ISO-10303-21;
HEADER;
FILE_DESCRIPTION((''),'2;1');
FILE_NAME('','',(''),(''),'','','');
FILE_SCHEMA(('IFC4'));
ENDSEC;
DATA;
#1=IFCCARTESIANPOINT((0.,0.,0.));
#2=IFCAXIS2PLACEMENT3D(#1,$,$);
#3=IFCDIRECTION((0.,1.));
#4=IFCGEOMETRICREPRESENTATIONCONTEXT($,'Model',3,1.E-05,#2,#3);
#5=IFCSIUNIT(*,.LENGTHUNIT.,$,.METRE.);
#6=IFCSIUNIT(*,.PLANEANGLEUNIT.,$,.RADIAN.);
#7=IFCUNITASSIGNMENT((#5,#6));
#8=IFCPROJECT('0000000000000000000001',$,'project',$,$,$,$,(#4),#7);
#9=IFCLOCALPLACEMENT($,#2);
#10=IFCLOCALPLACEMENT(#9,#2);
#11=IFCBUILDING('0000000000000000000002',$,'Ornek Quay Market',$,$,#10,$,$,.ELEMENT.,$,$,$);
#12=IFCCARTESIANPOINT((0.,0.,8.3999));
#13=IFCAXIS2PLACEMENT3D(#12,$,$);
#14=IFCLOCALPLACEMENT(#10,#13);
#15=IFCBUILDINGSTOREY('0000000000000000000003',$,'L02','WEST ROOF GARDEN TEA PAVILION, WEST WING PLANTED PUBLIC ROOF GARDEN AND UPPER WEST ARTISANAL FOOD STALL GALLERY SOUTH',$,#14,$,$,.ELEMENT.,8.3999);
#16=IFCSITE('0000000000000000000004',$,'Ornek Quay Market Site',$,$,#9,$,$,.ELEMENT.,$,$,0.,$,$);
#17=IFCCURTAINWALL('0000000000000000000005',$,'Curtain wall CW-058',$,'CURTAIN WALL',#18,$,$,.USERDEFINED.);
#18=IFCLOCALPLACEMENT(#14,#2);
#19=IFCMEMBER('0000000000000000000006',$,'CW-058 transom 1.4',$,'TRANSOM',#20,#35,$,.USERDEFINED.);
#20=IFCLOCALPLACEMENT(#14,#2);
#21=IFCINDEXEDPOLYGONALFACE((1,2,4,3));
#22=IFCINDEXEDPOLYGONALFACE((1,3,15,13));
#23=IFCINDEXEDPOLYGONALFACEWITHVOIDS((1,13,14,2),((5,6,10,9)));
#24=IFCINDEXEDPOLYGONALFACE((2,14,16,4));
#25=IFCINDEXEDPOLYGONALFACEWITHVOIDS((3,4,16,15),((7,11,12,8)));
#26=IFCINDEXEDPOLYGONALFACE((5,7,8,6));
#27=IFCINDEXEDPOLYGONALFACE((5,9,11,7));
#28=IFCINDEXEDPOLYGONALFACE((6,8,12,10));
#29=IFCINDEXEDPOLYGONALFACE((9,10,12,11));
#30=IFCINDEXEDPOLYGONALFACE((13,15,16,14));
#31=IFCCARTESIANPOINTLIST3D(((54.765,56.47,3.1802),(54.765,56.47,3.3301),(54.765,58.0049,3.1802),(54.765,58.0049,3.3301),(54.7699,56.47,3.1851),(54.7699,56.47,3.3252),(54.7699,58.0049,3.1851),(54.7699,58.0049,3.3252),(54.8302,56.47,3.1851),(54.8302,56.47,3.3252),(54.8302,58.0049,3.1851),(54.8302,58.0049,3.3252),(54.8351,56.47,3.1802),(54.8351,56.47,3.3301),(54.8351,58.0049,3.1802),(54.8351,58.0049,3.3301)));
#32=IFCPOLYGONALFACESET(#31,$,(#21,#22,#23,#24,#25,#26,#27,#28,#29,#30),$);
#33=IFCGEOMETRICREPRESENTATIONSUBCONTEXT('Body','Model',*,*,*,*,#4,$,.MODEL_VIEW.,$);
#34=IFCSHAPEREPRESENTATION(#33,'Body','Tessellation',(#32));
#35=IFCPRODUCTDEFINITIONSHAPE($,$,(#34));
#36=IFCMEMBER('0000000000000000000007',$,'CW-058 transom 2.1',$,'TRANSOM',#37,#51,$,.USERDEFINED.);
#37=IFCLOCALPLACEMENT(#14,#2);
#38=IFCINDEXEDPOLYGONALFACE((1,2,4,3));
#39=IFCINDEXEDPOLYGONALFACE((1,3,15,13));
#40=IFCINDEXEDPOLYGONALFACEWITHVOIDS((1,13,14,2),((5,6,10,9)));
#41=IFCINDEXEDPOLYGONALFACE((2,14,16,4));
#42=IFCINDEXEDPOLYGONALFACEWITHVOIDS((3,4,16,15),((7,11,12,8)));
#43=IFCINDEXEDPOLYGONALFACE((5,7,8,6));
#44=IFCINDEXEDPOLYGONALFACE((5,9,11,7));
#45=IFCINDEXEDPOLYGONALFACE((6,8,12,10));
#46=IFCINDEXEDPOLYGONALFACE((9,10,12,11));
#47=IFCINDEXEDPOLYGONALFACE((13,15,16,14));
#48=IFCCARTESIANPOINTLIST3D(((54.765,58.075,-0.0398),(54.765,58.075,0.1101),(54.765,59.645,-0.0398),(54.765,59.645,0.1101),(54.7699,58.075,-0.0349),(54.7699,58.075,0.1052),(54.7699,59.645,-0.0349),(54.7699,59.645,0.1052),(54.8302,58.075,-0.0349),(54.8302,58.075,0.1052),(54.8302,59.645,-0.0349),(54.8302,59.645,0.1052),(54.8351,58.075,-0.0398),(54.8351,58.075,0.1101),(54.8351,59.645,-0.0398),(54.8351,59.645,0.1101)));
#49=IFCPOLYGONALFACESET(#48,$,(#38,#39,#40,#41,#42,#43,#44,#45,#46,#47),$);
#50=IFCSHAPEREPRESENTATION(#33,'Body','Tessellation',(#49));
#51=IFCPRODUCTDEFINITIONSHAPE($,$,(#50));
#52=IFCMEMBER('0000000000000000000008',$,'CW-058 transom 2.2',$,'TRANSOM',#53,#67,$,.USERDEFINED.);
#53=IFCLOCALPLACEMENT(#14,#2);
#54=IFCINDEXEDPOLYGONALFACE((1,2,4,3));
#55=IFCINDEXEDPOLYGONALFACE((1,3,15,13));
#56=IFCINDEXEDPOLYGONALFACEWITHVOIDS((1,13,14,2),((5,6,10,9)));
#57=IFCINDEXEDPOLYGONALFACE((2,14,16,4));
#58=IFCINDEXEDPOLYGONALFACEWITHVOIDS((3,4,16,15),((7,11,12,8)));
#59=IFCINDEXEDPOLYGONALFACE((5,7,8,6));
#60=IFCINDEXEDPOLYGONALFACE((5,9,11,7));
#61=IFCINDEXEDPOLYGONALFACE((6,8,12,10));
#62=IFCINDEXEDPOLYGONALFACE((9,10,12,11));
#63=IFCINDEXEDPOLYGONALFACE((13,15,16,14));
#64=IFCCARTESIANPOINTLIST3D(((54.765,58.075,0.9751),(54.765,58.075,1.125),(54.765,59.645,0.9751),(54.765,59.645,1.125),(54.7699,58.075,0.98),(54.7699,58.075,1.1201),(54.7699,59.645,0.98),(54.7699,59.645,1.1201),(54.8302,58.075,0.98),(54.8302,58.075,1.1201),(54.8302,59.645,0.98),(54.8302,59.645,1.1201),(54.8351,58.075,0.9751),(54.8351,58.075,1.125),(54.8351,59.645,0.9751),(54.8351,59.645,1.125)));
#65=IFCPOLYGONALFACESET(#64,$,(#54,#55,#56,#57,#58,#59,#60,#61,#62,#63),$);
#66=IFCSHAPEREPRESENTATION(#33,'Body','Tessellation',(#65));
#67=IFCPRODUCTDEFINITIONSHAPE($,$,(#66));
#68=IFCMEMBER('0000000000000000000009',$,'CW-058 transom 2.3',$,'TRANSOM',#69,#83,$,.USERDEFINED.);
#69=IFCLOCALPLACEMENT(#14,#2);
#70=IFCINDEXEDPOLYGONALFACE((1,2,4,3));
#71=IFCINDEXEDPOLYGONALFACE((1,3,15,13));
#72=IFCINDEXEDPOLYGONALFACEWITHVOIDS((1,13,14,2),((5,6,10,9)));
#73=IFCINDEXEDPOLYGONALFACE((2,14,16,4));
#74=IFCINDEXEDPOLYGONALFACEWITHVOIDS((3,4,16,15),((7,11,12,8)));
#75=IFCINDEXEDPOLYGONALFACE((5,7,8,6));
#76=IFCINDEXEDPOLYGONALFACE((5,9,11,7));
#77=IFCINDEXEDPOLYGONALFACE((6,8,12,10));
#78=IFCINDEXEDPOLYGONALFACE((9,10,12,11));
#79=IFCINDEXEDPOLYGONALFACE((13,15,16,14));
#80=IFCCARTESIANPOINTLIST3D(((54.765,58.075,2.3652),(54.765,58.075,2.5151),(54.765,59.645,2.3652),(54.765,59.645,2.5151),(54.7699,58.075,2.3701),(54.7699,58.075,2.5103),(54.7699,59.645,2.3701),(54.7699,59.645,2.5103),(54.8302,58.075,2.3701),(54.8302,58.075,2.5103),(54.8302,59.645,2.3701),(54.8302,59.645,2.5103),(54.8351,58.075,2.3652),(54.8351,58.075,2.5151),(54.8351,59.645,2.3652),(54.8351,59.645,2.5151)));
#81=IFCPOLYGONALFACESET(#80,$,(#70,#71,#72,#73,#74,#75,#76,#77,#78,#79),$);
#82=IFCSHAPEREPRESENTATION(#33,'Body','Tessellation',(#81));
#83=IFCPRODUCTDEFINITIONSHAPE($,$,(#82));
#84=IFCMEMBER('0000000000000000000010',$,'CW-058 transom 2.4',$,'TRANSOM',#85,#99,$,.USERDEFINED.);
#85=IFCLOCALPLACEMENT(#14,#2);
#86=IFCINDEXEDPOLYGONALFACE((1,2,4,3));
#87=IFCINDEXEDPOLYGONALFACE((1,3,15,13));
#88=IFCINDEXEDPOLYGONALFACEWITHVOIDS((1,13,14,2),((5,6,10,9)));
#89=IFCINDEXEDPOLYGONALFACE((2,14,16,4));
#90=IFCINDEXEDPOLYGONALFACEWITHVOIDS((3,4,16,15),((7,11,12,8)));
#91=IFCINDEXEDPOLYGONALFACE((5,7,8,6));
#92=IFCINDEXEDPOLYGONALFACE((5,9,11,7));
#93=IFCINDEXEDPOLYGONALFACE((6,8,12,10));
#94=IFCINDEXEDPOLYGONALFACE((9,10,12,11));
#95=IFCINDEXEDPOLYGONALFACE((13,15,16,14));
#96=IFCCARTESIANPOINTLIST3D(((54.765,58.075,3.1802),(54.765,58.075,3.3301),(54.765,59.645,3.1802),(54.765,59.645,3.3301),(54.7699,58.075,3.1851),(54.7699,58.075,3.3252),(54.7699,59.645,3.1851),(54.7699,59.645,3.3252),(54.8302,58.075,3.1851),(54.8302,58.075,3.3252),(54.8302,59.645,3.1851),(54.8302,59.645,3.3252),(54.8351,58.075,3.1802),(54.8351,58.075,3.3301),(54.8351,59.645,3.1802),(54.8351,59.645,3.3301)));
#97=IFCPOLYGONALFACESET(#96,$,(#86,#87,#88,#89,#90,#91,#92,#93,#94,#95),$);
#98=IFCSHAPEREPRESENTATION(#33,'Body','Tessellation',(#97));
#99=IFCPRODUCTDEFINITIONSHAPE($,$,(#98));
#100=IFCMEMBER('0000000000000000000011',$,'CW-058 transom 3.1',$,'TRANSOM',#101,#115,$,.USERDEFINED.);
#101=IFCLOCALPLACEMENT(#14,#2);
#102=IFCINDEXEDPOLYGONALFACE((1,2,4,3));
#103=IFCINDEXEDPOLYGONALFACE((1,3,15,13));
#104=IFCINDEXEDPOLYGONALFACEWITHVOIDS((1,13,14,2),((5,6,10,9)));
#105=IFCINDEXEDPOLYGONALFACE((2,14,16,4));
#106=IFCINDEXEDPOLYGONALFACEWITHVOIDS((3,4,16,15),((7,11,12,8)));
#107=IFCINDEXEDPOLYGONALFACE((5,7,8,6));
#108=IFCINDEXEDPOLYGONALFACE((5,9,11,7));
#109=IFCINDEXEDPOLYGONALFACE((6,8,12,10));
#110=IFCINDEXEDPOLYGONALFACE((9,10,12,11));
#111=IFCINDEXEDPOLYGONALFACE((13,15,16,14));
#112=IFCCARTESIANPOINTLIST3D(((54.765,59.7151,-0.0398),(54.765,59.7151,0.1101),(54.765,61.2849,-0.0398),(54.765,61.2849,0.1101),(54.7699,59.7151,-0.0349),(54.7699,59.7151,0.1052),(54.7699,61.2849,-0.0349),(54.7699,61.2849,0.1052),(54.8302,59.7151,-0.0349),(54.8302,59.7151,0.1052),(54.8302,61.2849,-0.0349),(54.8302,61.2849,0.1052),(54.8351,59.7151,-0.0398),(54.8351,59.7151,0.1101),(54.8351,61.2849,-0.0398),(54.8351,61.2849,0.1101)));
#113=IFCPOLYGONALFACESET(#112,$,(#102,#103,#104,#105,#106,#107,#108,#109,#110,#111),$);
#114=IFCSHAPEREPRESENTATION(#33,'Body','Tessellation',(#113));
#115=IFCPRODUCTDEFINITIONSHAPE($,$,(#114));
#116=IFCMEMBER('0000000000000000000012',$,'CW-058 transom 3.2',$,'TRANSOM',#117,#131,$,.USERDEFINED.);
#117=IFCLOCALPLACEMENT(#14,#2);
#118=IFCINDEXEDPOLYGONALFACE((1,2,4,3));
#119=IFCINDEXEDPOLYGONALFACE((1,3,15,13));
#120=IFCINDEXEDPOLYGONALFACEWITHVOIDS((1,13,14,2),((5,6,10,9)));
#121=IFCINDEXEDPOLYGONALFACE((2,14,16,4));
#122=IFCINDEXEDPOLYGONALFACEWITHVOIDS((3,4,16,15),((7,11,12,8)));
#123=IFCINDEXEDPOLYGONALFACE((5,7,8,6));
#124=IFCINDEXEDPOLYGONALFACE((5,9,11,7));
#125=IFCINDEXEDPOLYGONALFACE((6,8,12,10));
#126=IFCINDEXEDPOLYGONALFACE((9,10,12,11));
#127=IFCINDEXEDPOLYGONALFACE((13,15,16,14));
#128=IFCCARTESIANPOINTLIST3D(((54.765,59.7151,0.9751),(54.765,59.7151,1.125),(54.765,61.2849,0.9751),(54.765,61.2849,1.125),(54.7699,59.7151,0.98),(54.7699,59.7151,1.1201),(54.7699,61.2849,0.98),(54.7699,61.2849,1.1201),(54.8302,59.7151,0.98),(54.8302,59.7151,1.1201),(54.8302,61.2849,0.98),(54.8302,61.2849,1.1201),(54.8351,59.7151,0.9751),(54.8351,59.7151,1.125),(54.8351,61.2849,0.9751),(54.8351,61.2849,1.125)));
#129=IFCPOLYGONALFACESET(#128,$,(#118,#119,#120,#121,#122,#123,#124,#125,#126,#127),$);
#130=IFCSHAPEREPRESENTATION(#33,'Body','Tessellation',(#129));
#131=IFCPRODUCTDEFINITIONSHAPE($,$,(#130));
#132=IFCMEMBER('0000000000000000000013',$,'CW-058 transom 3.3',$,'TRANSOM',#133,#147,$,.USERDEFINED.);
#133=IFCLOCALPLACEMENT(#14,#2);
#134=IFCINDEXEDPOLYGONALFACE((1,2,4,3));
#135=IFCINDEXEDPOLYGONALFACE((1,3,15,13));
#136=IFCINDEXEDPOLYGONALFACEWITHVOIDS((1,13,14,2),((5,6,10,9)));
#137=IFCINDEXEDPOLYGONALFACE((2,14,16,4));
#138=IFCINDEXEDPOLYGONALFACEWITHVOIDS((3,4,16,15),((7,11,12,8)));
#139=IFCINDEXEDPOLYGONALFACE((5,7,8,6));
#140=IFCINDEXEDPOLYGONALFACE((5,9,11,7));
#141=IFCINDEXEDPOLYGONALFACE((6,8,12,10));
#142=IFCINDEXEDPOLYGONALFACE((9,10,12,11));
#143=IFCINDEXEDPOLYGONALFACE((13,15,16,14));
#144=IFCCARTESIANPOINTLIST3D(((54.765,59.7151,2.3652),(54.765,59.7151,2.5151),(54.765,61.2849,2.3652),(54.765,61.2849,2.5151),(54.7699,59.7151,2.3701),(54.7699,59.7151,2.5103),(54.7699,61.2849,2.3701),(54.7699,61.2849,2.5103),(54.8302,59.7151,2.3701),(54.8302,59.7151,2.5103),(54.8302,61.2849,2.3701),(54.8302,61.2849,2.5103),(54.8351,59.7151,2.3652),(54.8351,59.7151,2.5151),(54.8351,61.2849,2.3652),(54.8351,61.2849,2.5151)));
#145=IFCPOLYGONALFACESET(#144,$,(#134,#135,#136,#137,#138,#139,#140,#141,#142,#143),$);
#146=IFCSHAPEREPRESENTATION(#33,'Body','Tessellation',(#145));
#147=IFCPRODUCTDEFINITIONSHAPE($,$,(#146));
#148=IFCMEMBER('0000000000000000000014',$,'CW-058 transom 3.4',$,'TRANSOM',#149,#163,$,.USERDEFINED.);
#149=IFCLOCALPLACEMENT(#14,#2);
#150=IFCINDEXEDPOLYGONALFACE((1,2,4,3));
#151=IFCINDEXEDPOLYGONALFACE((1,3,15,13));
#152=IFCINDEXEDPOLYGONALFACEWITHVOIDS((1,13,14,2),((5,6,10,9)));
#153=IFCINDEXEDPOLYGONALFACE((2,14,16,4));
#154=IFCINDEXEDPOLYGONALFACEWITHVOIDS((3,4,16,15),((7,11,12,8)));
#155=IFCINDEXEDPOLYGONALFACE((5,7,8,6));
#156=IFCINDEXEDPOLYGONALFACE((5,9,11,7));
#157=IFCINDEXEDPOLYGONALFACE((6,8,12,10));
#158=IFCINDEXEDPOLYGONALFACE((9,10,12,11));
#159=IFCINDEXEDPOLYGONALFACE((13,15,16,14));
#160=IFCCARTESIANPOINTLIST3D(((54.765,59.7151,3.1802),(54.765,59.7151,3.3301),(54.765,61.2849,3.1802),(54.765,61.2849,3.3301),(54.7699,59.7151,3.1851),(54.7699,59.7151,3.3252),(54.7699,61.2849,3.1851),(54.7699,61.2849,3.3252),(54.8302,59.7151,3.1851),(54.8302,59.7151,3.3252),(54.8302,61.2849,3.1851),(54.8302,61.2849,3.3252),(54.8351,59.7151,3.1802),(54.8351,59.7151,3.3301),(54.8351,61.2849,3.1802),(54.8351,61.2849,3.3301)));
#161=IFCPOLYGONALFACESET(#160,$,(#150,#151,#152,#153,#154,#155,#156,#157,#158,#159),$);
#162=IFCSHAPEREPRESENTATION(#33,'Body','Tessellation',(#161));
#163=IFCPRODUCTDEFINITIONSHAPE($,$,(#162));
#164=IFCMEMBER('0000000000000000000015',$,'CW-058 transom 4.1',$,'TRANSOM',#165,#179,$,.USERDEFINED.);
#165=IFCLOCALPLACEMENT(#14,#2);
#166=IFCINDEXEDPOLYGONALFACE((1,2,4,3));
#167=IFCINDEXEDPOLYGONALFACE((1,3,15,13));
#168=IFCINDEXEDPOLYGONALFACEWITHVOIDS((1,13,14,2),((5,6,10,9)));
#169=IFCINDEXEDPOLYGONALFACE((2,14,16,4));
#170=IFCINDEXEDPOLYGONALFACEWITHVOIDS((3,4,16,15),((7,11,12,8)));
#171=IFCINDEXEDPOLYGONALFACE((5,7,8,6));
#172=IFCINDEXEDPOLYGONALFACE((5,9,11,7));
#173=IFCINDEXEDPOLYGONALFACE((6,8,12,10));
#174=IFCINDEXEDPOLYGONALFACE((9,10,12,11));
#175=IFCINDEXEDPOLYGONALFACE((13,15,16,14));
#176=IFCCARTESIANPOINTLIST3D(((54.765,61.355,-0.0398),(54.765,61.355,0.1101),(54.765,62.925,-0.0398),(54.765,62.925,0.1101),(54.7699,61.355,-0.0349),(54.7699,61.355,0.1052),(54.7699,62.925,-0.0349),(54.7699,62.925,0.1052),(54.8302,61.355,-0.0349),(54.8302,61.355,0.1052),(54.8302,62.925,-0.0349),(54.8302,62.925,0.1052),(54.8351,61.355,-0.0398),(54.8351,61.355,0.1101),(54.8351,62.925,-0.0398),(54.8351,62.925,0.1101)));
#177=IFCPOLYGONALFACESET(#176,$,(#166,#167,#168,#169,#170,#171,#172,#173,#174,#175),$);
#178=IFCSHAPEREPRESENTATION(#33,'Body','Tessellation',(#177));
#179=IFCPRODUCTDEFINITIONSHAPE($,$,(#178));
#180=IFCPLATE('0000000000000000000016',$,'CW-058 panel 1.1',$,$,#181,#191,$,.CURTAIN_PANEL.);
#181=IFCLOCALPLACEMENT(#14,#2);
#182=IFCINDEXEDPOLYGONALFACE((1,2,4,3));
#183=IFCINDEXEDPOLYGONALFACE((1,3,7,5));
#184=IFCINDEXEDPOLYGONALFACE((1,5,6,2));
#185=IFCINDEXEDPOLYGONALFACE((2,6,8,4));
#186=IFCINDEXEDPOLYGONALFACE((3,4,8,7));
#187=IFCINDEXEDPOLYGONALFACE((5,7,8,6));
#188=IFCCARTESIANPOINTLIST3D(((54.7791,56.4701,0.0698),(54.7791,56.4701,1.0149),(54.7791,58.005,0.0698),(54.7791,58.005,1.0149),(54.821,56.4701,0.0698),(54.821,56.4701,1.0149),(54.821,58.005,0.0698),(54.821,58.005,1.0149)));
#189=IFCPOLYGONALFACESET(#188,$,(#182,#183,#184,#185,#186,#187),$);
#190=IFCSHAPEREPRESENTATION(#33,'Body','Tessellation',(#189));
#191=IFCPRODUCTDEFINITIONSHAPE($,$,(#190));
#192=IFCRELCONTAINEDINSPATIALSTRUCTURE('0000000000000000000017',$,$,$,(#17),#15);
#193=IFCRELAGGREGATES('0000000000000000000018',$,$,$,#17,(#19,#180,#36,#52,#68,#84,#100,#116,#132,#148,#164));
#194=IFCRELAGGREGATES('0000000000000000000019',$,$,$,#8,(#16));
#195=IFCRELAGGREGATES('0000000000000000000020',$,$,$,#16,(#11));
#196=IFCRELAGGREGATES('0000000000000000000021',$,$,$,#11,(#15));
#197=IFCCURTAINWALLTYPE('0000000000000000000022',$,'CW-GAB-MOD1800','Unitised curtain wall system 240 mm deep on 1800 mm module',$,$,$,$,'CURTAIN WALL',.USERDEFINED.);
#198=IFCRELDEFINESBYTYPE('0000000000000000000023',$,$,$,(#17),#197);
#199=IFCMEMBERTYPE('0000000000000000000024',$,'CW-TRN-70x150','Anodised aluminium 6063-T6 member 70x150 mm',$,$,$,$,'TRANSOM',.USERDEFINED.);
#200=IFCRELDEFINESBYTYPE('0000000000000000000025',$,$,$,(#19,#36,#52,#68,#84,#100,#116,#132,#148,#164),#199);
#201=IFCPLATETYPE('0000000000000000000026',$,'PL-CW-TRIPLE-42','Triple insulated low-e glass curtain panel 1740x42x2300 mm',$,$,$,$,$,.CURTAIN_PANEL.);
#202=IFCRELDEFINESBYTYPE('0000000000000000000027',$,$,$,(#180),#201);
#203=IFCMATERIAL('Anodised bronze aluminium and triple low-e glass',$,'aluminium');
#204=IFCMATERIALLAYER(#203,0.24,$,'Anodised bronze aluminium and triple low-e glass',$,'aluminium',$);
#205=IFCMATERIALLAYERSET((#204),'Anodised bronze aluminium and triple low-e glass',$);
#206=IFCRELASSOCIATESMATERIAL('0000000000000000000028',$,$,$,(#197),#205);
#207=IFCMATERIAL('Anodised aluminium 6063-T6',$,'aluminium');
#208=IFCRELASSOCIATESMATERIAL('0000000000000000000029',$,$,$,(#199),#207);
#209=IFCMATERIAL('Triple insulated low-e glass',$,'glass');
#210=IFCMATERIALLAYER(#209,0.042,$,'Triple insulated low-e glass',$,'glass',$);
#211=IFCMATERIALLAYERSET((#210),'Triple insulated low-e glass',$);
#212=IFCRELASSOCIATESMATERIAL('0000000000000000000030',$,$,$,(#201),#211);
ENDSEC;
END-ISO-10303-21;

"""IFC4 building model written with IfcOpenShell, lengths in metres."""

from ifc_helpers import new_model, si_unit, direction, frame, origin, origin_2d, place, context, subcontext, project, spatial, rectangle, hollow_rectangle, extrude, material, layer, layer_set, material_profile, profile_set, type_object, element, aggregate, save


model = new_model("IFC4")

# Units and contexts
model_context = context("Model", 3, precision=1e-05, world=origin(), true_north=direction((0.0, 1.0)))
body_context = subcontext(model_context, "Body", "Model", "MODEL_VIEW")
ifc_project = project(units=[si_unit("LENGTHUNIT", "METRE"), si_unit("PLANEANGLEUNIT", "RADIAN")], contexts=[model_context])

# Site, building, storey
site_placement = place(None, origin())
site = spatial("IfcSite", under=ifc_project, at=site_placement, Name="Ornek Quay Market Site", CompositionType="ELEMENT", RefElevation=0.0)
building_placement = place(site_placement, origin())
building = spatial("IfcBuilding", under=site, at=building_placement, Name="Ornek Quay Market", CompositionType="ELEMENT")
storey_placement = place(building_placement, frame((0.0, 0.0, 8.3999)))
storey = spatial("IfcBuildingStorey", under=building, at=storey_placement, Name="L02", Description="WEST ROOF GARDEN TEA PAVILION, WEST WING PLANTED PUBLIC ROOF GARDEN AND UPPER WEST ARTISANAL FOOD STALL GALLERY SOUTH", CompositionType="ELEMENT", Elevation=8.3999)

# Curtain wall, members, plate
ifc_material_1 = material(Name="Anodised bronze aluminium and triple low-e glass", Category="aluminium")
ifc_layer_1 = layer(ifc_material_1, 0.24, Name="Anodised bronze aluminium and triple low-e glass", Category="aluminium")
ifc_layer_set_1 = layer_set([ifc_layer_1], Name="Anodised bronze aluminium and triple low-e glass")
curtain_wall_type = type_object("IfcCurtainWallType", Name="CW-GAB-MOD1800", Description="Unitised curtain wall system 240 mm deep on 1800 mm module", ElementType="CURTAIN WALL", PredefinedType="USERDEFINED", material=ifc_layer_set_1)
curtain_wall_placement = place(storey_placement, origin())
curtain_wall = element("IfcCurtainWall", 1, at=curtain_wall_placement, inside=storey, type_object=curtain_wall_type, Name="Curtain wall CW-058", ObjectType="CURTAIN WALL", PredefinedType="USERDEFINED")
ifc_material_2 = material(Name="Anodised aluminium 6063-T6", Category="aluminium")
ifc_material_profile_1 = material_profile(ifc_material_2, hollow_rectangle(XDim=0.0701, YDim=0.1499, WallThickness=0.0049, at=origin_2d()), Name="CW-TRN-70x150", Category="aluminium")
ifc_profile_set_1 = profile_set([ifc_material_profile_1], Name="Anodised aluminium 6063-T6")
member_type_1 = type_object("IfcMemberType", Name="CW-TRN-70x150", Description="Anodised aluminium 6063-T6 member 70x150 mm", ElementType="TRANSOM", PredefinedType="USERDEFINED", material=ifc_profile_set_1)
member_1_placement = place(storey_placement, frame((54.8, 56.47, 3.2551), z_axis=(0.0, 1.0, 0.0), x_axis=(-1.0, 0.0, 0.0)))
member_1 = element("IfcMember", 2, at=member_1_placement, type_object=member_type_1, Name="CW-058 transom 1.4", ObjectType="TRANSOM", PredefinedType="USERDEFINED", context=body_context, shape_type="SweptSolid", body=[
    extrude(hollow_rectangle(XDim=0.0701, YDim=0.1499, WallThickness=0.0049, at=origin_2d()), origin(), (0.0, 0.0, 1.0), 1.5349),
])
member_2_placement = place(storey_placement, frame((54.8, 58.075, 0.0352), z_axis=(0.0, 1.0, 0.0), x_axis=(-1.0, 0.0, 0.0)))
member_2 = element("IfcMember", 3, at=member_2_placement, type_object=member_type_1, Name="CW-058 transom 2.1", ObjectType="TRANSOM", PredefinedType="USERDEFINED", context=body_context, shape_type="SweptSolid", body=[
    extrude(hollow_rectangle(XDim=0.0701, YDim=0.1499, WallThickness=0.0049, at=origin_2d()), origin(), (0.0, 0.0, 1.0), 1.5701),
])
member_3_placement = place(storey_placement, frame((54.8, 58.075, 1.05), z_axis=(0.0, 1.0, 0.0), x_axis=(-1.0, 0.0, 0.0)))
member_3 = element("IfcMember", 4, at=member_3_placement, type_object=member_type_1, Name="CW-058 transom 2.2", ObjectType="TRANSOM", PredefinedType="USERDEFINED", context=body_context, shape_type="SweptSolid", body=[
    extrude(hollow_rectangle(XDim=0.0701, YDim=0.1499, WallThickness=0.0049, at=origin_2d()), origin(), (0.0, 0.0, 1.0), 1.5701),
])
member_4_placement = place(storey_placement, frame((54.8, 58.075, 2.4402), z_axis=(0.0, 1.0, 0.0), x_axis=(-1.0, 0.0, 0.0)))
member_4 = element("IfcMember", 5, at=member_4_placement, type_object=member_type_1, Name="CW-058 transom 2.3", ObjectType="TRANSOM", PredefinedType="USERDEFINED", context=body_context, shape_type="SweptSolid", body=[
    extrude(hollow_rectangle(XDim=0.0701, YDim=0.1499, WallThickness=0.0049, at=origin_2d()), origin(), (0.0, 0.0, 1.0), 1.5701),
])
member_5_placement = place(storey_placement, frame((54.8, 58.075, 3.2551), z_axis=(0.0, 1.0, 0.0), x_axis=(-1.0, 0.0, 0.0)))
member_5 = element("IfcMember", 6, at=member_5_placement, type_object=member_type_1, Name="CW-058 transom 2.4", ObjectType="TRANSOM", PredefinedType="USERDEFINED", context=body_context, shape_type="SweptSolid", body=[
    extrude(hollow_rectangle(XDim=0.0701, YDim=0.1499, WallThickness=0.0049, at=origin_2d()), origin(), (0.0, 0.0, 1.0), 1.5701),
])
member_6_placement = place(storey_placement, frame((54.8, 59.7151, 0.0352), z_axis=(0.0, 1.0, 0.0), x_axis=(-1.0, 0.0, 0.0)))
member_6 = element("IfcMember", 7, at=member_6_placement, type_object=member_type_1, Name="CW-058 transom 3.1", ObjectType="TRANSOM", PredefinedType="USERDEFINED", context=body_context, shape_type="SweptSolid", body=[
    extrude(hollow_rectangle(XDim=0.0701, YDim=0.1499, WallThickness=0.0049, at=origin_2d()), origin(), (0.0, 0.0, 1.0), 1.5698),
])
member_7_placement = place(storey_placement, frame((54.8, 59.7151, 1.05), z_axis=(0.0, 1.0, 0.0), x_axis=(-1.0, 0.0, 0.0)))
member_7 = element("IfcMember", 8, at=member_7_placement, type_object=member_type_1, Name="CW-058 transom 3.2", ObjectType="TRANSOM", PredefinedType="USERDEFINED", context=body_context, shape_type="SweptSolid", body=[
    extrude(hollow_rectangle(XDim=0.0701, YDim=0.1499, WallThickness=0.0049, at=origin_2d()), origin(), (0.0, 0.0, 1.0), 1.5698),
])
member_8_placement = place(storey_placement, frame((54.8, 59.7151, 2.4402), z_axis=(0.0, 1.0, 0.0), x_axis=(-1.0, 0.0, 0.0)))
member_8 = element("IfcMember", 9, at=member_8_placement, type_object=member_type_1, Name="CW-058 transom 3.3", ObjectType="TRANSOM", PredefinedType="USERDEFINED", context=body_context, shape_type="SweptSolid", body=[
    extrude(hollow_rectangle(XDim=0.0701, YDim=0.1499, WallThickness=0.0049, at=origin_2d()), origin(), (0.0, 0.0, 1.0), 1.5698),
])
member_9_placement = place(storey_placement, frame((54.8, 59.7151, 3.2551), z_axis=(0.0, 1.0, 0.0), x_axis=(-1.0, 0.0, 0.0)))
member_9 = element("IfcMember", 10, at=member_9_placement, type_object=member_type_1, Name="CW-058 transom 3.4", ObjectType="TRANSOM", PredefinedType="USERDEFINED", context=body_context, shape_type="SweptSolid", body=[
    extrude(hollow_rectangle(XDim=0.0701, YDim=0.1499, WallThickness=0.0049, at=origin_2d()), origin(), (0.0, 0.0, 1.0), 1.5698),
])
member_10_placement = place(storey_placement, frame((54.8, 61.355, 0.0352), z_axis=(0.0, 1.0, 0.0), x_axis=(-1.0, 0.0, 0.0)))
member_10 = element("IfcMember", 11, at=member_10_placement, type_object=member_type_1, Name="CW-058 transom 4.1", ObjectType="TRANSOM", PredefinedType="USERDEFINED", context=body_context, shape_type="SweptSolid", body=[
    extrude(hollow_rectangle(XDim=0.0701, YDim=0.1499, WallThickness=0.0049, at=origin_2d()), origin(), (0.0, 0.0, 1.0), 1.5701),
])
ifc_material_3 = material(Name="Triple insulated low-e glass", Category="glass")
ifc_layer_2 = layer(ifc_material_3, 0.042, Name="Triple insulated low-e glass", Category="glass")
ifc_layer_set_2 = layer_set([ifc_layer_2], Name="Triple insulated low-e glass")
plate_type = type_object("IfcPlateType", Name="PL-CW-TRIPLE-42", Description="Triple insulated low-e glass curtain panel 1740x42x2300 mm", PredefinedType="CURTAIN_PANEL", material=ifc_layer_set_2)
plate_1_placement = place(storey_placement, frame((54.8, 57.2375, 0.0698), z_axis=(0.0, 0.0, 1.0), x_axis=(0.0, 1.0, 0.0)))
plate_1 = element("IfcPlate", 12, at=plate_1_placement, type_object=plate_type, Name="CW-058 panel 1.1", PredefinedType="CURTAIN_PANEL", context=body_context, shape_type="SweptSolid", body=[
    extrude(rectangle(XDim=1.5349, YDim=0.042, at=origin_2d()), origin(), (0.0, 0.0, 1.0), 0.9451),
])
aggregate(curtain_wall, [member_1, plate_1, member_2, member_3, member_4, member_5, member_6, member_7, member_8, member_9, member_10])

save(model, "model.ifc")
